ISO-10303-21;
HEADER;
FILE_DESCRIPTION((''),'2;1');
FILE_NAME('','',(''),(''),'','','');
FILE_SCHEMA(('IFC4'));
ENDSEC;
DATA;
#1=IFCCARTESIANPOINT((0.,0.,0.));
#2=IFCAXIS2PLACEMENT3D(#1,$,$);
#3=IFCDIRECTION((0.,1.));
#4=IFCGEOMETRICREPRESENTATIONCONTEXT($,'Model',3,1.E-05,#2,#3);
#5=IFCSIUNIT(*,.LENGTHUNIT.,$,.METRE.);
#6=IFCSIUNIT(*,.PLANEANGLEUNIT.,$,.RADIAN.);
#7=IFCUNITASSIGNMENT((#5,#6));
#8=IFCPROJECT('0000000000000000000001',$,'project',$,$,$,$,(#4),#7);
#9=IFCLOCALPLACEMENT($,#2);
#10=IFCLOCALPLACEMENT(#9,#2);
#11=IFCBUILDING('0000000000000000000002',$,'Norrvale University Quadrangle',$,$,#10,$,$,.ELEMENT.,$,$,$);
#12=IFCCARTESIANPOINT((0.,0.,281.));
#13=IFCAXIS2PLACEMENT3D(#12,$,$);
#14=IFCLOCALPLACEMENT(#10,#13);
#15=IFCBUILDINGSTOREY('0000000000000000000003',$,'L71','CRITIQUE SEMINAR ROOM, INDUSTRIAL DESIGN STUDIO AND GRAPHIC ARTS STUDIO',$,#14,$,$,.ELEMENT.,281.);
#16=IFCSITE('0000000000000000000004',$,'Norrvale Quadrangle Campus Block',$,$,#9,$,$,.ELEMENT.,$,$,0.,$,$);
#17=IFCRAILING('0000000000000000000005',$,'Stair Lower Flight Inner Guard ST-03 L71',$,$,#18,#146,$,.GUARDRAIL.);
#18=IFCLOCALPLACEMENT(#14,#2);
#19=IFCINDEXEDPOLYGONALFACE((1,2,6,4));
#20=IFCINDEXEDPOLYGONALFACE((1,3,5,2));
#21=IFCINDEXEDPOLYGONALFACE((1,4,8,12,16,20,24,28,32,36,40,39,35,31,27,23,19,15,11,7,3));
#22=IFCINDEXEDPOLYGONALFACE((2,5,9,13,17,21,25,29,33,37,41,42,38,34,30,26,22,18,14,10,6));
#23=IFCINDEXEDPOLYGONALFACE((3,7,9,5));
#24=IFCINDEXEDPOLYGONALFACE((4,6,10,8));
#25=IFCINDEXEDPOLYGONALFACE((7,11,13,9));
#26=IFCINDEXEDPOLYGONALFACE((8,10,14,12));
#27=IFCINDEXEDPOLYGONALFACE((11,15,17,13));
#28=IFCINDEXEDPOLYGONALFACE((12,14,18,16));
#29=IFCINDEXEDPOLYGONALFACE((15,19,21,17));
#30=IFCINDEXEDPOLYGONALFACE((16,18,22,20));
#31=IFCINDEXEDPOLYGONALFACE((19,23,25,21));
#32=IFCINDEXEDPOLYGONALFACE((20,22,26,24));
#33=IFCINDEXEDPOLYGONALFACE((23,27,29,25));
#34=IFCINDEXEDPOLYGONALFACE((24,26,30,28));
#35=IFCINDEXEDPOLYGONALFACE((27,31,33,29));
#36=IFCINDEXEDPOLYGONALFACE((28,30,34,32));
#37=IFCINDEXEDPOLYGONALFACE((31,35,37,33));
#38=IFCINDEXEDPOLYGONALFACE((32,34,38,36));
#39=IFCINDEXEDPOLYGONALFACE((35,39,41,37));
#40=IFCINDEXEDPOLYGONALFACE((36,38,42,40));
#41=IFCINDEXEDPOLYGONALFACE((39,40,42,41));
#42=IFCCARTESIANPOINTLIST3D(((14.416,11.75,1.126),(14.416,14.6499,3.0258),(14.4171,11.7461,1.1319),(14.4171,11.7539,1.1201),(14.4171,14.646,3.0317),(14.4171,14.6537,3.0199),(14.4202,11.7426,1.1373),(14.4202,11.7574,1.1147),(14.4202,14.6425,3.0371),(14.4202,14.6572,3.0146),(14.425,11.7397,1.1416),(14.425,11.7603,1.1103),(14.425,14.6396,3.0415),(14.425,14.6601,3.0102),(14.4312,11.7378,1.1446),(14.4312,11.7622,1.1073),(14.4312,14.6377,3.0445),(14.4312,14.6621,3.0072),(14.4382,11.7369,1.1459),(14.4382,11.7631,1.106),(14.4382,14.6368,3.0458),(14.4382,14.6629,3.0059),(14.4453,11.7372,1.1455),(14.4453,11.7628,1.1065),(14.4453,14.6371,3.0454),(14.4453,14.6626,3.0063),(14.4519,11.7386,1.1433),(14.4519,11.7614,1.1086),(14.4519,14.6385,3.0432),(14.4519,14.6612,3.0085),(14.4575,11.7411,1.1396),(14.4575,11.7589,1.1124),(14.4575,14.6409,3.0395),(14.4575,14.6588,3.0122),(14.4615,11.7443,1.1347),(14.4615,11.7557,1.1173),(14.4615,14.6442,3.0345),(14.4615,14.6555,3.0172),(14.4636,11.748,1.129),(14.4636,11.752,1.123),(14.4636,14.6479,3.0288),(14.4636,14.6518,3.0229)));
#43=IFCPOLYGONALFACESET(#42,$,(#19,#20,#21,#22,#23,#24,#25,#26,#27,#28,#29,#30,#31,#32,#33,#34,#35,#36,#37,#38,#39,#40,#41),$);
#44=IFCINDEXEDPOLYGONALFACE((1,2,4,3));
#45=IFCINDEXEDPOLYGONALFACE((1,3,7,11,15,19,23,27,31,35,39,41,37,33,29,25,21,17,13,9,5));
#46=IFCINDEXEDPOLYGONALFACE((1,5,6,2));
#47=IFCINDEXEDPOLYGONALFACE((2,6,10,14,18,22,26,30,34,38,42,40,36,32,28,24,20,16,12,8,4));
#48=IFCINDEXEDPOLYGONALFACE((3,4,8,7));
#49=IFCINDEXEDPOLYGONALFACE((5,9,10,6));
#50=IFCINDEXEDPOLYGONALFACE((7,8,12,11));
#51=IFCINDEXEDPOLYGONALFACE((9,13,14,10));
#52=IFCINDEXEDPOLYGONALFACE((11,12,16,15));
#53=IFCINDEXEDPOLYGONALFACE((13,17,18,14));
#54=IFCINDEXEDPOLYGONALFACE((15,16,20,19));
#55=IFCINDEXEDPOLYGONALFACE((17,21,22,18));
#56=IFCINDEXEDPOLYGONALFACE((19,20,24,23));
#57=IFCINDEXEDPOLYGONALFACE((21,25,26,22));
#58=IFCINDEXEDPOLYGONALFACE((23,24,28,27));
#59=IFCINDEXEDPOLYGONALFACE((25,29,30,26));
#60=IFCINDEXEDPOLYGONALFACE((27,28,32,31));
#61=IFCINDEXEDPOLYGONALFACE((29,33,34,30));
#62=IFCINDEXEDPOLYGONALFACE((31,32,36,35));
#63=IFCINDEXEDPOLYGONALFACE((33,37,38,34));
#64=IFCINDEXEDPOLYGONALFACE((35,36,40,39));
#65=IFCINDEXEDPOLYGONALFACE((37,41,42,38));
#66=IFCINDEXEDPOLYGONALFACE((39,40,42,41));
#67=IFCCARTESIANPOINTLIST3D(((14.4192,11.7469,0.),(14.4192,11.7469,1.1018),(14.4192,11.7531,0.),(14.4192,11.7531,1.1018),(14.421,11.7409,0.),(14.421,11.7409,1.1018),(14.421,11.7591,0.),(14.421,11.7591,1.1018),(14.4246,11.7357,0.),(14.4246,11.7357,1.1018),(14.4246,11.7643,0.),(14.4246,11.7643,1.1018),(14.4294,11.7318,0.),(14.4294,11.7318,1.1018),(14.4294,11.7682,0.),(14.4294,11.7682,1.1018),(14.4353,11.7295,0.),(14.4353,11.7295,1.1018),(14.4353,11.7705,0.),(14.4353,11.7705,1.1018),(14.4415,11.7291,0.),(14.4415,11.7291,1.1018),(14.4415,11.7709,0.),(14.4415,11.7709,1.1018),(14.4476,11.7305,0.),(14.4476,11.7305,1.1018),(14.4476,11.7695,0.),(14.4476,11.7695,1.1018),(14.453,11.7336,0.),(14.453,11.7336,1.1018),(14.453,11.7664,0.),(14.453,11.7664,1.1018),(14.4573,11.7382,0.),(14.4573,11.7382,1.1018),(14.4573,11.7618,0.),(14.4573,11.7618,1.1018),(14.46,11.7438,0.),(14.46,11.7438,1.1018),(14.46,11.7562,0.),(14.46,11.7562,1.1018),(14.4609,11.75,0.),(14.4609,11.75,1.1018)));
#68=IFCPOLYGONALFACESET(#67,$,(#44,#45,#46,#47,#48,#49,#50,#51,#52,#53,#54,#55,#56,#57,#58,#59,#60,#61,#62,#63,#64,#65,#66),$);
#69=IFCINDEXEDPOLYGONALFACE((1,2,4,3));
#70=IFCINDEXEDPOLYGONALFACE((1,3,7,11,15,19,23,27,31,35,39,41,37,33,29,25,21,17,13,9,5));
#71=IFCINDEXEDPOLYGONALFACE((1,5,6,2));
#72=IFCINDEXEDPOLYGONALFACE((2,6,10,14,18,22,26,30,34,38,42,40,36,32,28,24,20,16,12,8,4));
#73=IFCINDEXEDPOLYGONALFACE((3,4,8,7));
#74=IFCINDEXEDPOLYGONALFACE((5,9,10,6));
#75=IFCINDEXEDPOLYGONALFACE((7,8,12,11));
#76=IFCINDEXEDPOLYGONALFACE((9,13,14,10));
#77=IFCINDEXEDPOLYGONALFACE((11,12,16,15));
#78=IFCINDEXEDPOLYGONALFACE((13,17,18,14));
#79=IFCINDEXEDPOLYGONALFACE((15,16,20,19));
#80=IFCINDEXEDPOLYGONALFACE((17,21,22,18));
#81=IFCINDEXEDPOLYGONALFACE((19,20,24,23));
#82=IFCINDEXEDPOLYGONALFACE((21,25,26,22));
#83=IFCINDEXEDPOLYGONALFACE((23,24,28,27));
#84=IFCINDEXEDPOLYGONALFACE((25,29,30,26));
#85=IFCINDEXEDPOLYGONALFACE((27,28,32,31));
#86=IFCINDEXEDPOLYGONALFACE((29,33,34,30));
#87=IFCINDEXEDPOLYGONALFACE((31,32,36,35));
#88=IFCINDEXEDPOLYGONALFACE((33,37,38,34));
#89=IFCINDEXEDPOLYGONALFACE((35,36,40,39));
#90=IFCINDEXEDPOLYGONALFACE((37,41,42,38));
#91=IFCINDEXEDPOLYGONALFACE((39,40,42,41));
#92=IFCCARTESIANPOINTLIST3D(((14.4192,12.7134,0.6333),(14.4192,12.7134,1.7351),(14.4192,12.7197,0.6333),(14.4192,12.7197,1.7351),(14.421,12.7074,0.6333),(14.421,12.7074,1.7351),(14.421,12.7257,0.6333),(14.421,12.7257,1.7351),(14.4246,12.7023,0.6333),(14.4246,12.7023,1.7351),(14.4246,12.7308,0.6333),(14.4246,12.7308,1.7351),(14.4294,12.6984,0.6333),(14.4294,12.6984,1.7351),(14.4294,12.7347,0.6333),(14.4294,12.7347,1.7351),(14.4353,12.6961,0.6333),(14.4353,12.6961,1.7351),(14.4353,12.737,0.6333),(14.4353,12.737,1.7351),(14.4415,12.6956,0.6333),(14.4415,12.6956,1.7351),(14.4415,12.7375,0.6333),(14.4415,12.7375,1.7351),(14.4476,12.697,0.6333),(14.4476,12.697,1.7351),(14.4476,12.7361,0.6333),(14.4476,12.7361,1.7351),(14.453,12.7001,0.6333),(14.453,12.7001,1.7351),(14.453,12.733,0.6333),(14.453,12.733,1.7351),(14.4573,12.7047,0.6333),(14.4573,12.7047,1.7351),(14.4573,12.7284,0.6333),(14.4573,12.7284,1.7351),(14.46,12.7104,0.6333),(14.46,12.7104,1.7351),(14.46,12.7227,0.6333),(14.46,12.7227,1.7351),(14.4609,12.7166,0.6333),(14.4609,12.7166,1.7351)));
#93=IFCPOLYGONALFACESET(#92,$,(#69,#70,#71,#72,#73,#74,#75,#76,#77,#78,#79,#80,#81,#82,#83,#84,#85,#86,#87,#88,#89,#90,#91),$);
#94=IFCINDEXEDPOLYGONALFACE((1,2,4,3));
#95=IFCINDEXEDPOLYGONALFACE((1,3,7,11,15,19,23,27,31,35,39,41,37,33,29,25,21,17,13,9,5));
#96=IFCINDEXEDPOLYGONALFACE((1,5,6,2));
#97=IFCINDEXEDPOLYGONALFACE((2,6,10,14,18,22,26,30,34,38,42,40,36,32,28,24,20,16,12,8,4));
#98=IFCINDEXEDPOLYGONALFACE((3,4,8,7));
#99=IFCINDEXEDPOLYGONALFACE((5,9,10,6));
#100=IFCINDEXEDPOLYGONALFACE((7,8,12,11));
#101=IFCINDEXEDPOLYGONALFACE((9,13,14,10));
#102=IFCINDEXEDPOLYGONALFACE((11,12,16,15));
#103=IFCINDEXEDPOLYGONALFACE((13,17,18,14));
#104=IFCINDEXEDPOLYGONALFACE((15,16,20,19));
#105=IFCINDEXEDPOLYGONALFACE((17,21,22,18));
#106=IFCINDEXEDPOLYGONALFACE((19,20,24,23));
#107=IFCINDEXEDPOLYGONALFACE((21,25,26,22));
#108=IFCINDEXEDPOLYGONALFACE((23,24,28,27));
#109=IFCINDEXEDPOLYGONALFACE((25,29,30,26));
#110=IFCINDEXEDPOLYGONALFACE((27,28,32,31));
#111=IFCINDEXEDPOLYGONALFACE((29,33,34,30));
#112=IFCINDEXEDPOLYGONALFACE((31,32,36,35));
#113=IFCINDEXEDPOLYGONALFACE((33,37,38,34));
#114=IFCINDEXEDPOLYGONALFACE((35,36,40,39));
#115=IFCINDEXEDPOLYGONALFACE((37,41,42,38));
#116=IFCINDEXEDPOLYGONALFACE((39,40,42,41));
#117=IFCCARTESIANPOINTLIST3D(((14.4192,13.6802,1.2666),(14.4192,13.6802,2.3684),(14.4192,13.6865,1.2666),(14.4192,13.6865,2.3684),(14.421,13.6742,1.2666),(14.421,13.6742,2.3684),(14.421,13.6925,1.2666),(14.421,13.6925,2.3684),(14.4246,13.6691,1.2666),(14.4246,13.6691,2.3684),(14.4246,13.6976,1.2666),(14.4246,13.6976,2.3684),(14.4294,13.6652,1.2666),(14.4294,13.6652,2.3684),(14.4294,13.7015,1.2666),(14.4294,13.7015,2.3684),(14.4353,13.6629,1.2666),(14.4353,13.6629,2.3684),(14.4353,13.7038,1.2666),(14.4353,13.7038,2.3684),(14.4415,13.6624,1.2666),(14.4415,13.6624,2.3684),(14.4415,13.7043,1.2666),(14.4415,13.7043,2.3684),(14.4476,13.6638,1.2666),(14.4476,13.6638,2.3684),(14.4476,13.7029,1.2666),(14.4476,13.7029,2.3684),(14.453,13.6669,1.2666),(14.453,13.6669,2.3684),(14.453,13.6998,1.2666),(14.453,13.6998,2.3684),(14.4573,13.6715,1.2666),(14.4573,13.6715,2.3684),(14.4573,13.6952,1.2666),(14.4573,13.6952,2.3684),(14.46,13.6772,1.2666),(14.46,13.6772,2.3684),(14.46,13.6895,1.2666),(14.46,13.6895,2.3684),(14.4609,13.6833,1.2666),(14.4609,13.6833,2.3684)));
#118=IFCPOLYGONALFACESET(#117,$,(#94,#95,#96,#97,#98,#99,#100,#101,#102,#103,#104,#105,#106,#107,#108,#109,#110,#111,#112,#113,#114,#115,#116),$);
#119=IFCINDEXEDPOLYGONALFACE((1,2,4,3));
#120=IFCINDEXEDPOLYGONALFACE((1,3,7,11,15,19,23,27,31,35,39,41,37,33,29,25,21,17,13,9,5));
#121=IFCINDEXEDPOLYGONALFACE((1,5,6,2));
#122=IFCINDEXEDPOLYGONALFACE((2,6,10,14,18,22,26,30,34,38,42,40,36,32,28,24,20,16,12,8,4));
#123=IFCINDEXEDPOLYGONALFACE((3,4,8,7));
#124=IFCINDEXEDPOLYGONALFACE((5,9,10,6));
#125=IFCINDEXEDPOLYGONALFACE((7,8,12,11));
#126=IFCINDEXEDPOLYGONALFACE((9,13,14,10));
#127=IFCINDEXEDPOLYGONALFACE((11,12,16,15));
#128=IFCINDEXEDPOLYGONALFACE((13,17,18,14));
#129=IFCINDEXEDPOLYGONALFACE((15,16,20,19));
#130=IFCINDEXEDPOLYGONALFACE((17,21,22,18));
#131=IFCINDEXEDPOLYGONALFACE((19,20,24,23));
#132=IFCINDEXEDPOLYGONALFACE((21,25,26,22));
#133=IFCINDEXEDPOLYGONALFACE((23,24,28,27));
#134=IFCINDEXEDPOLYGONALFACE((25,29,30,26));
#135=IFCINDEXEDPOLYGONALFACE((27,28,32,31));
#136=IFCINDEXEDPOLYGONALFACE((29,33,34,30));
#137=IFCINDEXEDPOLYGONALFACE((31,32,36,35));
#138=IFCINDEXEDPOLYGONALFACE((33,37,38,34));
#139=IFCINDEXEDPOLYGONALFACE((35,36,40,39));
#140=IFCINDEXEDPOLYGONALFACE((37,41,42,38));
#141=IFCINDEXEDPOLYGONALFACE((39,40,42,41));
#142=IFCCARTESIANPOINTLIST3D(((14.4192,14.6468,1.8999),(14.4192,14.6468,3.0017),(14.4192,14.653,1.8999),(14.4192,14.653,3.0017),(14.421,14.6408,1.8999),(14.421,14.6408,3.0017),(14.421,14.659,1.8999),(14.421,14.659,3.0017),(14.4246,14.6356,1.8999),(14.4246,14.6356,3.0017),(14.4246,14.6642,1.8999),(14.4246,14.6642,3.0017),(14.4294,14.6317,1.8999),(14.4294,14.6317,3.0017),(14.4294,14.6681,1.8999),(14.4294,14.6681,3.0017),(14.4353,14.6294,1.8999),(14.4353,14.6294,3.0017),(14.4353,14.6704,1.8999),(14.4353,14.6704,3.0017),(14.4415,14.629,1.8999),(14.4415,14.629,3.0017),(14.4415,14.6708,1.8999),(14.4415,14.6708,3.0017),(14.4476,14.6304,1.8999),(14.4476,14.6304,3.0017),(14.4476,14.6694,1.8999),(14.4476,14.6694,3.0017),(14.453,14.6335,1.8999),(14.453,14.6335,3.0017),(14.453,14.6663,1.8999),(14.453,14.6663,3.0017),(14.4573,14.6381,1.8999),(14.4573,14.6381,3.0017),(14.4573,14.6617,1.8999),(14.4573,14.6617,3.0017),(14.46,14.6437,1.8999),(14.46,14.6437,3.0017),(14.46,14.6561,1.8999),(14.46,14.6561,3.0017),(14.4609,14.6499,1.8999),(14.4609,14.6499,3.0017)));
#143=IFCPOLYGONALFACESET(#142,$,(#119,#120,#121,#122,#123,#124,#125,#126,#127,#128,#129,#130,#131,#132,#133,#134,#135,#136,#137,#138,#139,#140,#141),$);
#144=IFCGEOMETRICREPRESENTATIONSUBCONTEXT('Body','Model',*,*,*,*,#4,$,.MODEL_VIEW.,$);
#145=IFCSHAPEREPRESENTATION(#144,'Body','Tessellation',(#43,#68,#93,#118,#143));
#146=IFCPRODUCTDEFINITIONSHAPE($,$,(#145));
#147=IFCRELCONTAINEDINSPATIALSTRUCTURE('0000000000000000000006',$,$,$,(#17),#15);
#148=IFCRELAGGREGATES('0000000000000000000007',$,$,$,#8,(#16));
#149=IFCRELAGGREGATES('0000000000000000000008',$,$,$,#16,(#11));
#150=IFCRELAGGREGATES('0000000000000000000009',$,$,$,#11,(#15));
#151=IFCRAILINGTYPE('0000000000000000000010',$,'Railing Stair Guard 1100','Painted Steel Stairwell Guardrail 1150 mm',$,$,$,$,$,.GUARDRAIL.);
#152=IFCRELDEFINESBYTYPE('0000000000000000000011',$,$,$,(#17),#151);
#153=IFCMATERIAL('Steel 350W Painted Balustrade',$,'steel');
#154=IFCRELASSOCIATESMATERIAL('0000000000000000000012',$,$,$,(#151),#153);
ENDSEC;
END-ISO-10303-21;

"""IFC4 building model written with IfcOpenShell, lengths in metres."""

from ifc_helpers import new_model, si_unit, direction, frame, origin, origin_2d, place, context, subcontext, project, spatial, circle, extrude, material, type_object, element, save


model = new_model("IFC4")

# Units and contexts
model_context = context("Model", 3, precision=1e-05, world=origin(), true_north=direction((0.0, 1.0)))
body_context = subcontext(model_context, "Body", "Model", "MODEL_VIEW")
ifc_project = project(units=[si_unit("LENGTHUNIT", "METRE"), si_unit("PLANEANGLEUNIT", "RADIAN")], contexts=[model_context])

# Site, building, storey
site_placement = place(None, origin())
site = spatial("IfcSite", under=ifc_project, at=site_placement, Name="Norrvale Quadrangle Campus Block", CompositionType="ELEMENT", RefElevation=0.0)
building_placement = place(site_placement, origin())
building = spatial("IfcBuilding", under=site, at=building_placement, Name="Norrvale University Quadrangle", CompositionType="ELEMENT")
storey_placement = place(building_placement, frame((0.0, 0.0, 281.0)))
storey = spatial("IfcBuildingStorey", under=building, at=storey_placement, Name="L71", Description="CRITIQUE SEMINAR ROOM, INDUSTRIAL DESIGN STUDIO AND GRAPHIC ARTS STUDIO", CompositionType="ELEMENT", Elevation=281.0)

# Railing
ifc_material_1 = material(Name="Steel 350W Painted Balustrade", Category="steel")
railing_type_1 = type_object("IfcRailingType", Name="Railing Stair Guard 1100", Description="Painted Steel Stairwell Guardrail 1150 mm", PredefinedType="GUARDRAIL", material=ifc_material_1)
railing_1_placement = place(storey_placement, frame((14.4399, 11.75, 0.0)))
element("IfcRailing", 1, at=railing_1_placement, inside=storey, type_object=railing_type_1, Name="Stair Lower Flight Inner Guard ST-03 L71", PredefinedType="GUARDRAIL", context=body_context, shape_type="SweptSolid", body=[
    extrude(circle(Radius=0.0239, at=origin_2d()), frame((0.0, 0.0, 1.126), z_axis=(0.0, 0.836466, 0.548019), x_axis=(-1.0, 0.0, 0.0)), (0.0, 0.0, 1.0), 3.4668),
    extrude(circle(Radius=0.021, at=origin_2d()), origin(), (0.0, 0.0, 1.0), 1.1018),
    extrude(circle(Radius=0.021, at=origin_2d()), frame((0.0, 0.9666, 0.6333)), (0.0, 0.0, 1.0), 1.1018),
    extrude(circle(Radius=0.021, at=origin_2d()), frame((0.0, 1.9333, 1.2666)), (0.0, 0.0, 1.0), 1.1018),
    extrude(circle(Radius=0.021, at=origin_2d()), frame((0.0, 2.8999, 1.8999)), (0.0, 0.0, 1.0), 1.1018),
])

save(model, "model.ifc")
